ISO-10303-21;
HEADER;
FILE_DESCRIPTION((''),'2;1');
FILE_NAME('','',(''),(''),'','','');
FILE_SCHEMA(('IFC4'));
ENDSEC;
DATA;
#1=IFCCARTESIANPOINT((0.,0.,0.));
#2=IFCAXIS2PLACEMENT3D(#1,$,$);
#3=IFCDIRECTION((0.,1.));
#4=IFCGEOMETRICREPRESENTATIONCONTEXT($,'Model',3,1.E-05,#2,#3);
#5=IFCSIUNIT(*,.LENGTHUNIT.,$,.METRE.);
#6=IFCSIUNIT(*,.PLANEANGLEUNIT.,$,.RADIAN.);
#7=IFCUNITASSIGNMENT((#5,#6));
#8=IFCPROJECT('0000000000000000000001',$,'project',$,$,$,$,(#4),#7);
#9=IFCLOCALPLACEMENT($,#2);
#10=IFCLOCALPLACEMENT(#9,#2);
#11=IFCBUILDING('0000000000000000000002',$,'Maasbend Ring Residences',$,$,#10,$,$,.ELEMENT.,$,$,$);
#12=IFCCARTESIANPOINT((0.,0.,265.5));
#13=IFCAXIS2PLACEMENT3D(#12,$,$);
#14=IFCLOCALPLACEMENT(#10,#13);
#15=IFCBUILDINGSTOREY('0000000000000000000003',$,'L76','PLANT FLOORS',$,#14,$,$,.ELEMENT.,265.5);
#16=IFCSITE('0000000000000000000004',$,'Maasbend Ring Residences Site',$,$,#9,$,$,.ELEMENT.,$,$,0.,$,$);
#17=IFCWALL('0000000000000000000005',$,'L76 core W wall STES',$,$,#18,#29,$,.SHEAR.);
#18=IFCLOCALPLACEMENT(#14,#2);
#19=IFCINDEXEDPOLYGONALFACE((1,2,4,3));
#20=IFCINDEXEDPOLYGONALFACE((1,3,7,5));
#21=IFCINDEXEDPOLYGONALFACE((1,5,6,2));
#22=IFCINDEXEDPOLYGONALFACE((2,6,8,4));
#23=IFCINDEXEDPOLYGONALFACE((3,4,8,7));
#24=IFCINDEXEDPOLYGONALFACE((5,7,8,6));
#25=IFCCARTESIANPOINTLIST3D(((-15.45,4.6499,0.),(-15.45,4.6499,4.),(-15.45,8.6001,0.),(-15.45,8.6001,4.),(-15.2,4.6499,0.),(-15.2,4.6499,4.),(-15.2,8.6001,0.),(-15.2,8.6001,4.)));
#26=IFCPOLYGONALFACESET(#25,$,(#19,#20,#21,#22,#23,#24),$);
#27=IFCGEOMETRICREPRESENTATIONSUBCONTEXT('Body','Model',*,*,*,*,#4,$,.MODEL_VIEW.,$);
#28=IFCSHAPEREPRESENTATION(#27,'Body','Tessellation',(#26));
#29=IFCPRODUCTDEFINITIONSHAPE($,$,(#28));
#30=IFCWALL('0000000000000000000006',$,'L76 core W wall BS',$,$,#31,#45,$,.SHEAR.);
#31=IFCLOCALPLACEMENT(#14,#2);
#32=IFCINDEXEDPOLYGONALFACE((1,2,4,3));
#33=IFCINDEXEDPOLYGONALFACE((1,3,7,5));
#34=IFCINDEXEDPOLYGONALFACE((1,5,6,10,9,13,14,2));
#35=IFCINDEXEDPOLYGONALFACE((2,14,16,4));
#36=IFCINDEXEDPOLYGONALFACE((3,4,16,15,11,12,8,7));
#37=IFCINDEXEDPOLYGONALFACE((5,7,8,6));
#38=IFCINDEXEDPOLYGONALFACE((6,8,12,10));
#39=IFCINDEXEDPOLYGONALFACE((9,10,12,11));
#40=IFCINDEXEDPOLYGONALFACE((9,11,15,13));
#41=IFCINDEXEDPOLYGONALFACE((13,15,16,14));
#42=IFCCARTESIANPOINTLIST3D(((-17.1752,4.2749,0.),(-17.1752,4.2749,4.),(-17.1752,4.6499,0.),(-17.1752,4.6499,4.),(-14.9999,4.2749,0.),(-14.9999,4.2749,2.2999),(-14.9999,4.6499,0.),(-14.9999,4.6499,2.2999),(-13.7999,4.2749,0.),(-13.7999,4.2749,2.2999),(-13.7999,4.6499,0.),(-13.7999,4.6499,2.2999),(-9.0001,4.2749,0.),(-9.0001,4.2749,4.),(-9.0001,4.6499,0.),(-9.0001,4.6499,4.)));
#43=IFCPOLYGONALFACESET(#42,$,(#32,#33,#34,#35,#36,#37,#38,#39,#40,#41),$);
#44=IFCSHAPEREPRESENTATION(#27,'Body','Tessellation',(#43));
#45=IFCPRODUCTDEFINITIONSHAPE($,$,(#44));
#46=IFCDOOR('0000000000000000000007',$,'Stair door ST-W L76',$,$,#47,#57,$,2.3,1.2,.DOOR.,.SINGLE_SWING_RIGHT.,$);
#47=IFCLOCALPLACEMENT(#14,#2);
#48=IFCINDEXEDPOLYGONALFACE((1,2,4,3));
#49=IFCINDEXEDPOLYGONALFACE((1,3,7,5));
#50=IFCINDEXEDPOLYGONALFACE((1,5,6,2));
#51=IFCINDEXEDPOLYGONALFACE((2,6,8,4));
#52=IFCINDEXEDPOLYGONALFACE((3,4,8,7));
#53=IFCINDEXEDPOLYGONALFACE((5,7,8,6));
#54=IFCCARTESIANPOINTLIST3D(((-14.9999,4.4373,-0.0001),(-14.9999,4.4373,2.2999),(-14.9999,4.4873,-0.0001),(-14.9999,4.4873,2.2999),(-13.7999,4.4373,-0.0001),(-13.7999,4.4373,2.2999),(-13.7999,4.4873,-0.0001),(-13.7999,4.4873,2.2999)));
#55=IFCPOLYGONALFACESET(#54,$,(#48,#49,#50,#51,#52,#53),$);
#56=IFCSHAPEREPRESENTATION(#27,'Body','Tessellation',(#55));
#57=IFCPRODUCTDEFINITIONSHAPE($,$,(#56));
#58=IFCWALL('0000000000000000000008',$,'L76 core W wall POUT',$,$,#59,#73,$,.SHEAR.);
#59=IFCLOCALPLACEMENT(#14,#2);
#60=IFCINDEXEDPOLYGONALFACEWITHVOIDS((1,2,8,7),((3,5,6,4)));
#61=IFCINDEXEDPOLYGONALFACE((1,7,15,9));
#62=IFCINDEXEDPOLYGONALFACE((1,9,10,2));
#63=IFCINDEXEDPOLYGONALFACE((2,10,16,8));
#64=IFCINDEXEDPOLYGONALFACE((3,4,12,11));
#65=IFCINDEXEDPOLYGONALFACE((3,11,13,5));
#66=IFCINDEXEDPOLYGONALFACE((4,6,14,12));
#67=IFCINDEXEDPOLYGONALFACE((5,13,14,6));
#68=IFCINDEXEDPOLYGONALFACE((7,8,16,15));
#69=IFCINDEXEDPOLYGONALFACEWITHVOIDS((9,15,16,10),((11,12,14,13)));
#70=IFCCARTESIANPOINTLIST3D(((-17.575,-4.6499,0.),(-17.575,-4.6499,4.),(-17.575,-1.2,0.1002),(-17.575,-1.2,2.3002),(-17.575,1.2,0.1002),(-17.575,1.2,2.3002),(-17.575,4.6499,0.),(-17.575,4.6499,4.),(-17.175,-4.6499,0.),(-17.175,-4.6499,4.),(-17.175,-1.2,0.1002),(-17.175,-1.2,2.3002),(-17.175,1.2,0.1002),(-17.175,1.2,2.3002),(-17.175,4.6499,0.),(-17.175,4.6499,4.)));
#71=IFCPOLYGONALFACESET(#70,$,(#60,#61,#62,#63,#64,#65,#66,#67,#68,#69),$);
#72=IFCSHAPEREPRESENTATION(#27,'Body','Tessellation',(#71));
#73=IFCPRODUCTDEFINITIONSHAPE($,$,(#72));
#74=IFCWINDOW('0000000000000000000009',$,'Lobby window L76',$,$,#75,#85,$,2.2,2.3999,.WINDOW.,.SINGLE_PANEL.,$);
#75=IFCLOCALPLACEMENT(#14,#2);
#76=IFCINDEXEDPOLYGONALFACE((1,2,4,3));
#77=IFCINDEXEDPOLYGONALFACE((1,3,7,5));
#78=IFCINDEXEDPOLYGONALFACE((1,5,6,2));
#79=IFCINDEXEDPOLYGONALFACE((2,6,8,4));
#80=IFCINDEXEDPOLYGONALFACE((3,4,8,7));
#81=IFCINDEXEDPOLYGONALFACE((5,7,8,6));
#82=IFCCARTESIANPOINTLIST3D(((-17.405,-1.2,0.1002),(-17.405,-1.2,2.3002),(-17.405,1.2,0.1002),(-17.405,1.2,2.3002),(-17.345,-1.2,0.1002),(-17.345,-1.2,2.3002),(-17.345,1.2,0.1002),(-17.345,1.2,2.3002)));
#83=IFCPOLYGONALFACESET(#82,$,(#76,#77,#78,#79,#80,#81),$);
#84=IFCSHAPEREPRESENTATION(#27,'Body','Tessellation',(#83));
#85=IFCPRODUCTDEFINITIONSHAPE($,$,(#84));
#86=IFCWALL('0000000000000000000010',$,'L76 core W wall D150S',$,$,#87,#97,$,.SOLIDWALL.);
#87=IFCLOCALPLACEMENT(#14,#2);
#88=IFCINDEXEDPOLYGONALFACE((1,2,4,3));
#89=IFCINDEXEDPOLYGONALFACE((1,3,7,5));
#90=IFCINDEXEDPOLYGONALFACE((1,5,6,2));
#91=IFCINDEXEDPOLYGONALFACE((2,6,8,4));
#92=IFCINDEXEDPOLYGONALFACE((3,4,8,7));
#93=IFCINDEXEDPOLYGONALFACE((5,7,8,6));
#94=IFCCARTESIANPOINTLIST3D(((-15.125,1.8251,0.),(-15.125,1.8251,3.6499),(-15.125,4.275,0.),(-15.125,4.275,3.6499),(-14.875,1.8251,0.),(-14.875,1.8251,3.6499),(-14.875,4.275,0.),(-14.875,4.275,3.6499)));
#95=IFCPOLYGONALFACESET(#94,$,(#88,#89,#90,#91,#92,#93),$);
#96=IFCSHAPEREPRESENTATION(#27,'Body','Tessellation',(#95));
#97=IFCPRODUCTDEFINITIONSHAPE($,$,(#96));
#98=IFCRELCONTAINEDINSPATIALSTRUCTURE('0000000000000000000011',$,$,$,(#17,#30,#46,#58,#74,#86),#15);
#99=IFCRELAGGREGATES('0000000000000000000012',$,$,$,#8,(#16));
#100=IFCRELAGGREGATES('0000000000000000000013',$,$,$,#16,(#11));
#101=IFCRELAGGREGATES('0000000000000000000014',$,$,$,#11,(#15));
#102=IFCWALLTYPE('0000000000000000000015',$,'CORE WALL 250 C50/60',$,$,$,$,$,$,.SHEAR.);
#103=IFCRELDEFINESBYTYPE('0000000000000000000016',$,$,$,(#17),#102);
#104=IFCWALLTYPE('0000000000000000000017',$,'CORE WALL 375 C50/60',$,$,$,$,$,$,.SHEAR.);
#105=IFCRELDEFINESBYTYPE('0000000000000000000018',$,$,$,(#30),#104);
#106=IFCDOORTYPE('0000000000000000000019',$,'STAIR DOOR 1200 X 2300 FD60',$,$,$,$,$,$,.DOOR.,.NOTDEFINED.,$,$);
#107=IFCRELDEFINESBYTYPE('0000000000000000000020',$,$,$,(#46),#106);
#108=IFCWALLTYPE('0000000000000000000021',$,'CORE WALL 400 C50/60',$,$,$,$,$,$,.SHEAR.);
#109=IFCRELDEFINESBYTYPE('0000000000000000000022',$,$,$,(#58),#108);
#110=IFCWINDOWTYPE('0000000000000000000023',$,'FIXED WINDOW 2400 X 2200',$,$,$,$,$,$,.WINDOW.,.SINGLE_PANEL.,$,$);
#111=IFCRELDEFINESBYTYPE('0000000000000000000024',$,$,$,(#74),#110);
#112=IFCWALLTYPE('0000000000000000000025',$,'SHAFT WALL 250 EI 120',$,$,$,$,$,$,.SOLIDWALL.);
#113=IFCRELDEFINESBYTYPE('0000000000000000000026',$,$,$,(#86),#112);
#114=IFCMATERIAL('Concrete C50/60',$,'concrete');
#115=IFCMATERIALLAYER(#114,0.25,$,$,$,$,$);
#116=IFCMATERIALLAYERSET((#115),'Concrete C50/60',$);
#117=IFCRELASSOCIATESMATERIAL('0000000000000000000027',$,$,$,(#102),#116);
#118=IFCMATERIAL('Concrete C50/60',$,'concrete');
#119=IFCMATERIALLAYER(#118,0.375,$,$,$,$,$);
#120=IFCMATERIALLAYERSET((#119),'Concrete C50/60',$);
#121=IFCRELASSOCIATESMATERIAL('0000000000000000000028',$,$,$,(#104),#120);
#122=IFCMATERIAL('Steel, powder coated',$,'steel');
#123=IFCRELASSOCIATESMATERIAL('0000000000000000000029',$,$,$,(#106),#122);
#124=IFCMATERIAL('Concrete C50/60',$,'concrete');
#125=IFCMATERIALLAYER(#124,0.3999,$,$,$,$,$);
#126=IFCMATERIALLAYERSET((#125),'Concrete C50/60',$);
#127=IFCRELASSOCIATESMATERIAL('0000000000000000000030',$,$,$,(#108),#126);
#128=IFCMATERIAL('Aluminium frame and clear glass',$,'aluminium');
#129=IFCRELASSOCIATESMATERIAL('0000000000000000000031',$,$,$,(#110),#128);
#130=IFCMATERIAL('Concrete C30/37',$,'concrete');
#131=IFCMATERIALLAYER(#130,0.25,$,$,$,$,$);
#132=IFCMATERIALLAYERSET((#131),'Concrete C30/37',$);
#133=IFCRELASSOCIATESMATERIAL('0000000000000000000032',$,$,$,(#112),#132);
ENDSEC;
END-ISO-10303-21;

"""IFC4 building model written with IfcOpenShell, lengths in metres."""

from ifc_helpers import new_model, si_unit, direction, frame, frame_2d, origin, place, context, subcontext, project, spatial, rectangle, extrude, material, layer, layer_set, type_object, element, fill, save


model = new_model("IFC4")

# Units and contexts
model_context = context("Model", 3, precision=1e-05, world=origin(), true_north=direction((0.0, 1.0)))
body_context = subcontext(model_context, "Body", "Model", "MODEL_VIEW")
ifc_project = project(units=[si_unit("LENGTHUNIT", "METRE"), si_unit("PLANEANGLEUNIT", "RADIAN")], contexts=[model_context])

# Site, building, storey
site_placement = place(None, origin())
site = spatial("IfcSite", under=ifc_project, at=site_placement, Name="Maasbend Ring Residences Site", CompositionType="ELEMENT", RefElevation=0.0)
building_placement = place(site_placement, origin())
building = spatial("IfcBuilding", under=site, at=building_placement, Name="Maasbend Ring Residences", CompositionType="ELEMENT")
storey_placement = place(building_placement, frame((0.0, 0.0, 265.5)))
storey = spatial("IfcBuildingStorey", under=building, at=storey_placement, Name="L76", Description="PLANT FLOORS", CompositionType="ELEMENT", Elevation=265.5)

# Shared definitions
ifc_material_1 = material(Name="Concrete C50/60", Category="concrete")
ifc_layer_1 = layer(ifc_material_1, 0.25)
ifc_layer_set_1 = layer_set([ifc_layer_1], Name="Concrete C50/60")
wall_type_1 = type_object("IfcWallType", Name="CORE WALL 250 C50/60", PredefinedType="SHEAR", material=ifc_layer_set_1)

# Wall
wall_1_placement = place(storey_placement, frame((-15.325, 4.6499, 0.0), z_axis=(0.0, 0.0, 1.0), x_axis=(0.0, 1.0, 0.0)))
element("IfcWall", 1, at=wall_1_placement, inside=storey, type_object=wall_type_1, Name="L76 core W wall STES", PredefinedType="SHEAR", context=body_context, shape_type="SweptSolid", body=[
    extrude(rectangle(XDim=3.9502, YDim=0.25, at=frame_2d((1.9751, 0.0))), origin(), (0.0, 0.0, 1.0), 4.0),
])

# Wall, opening, door
ifc_material_2 = material(Name="Concrete C50/60", Category="concrete")
ifc_layer_2 = layer(ifc_material_2, 0.375)
ifc_layer_set_2 = layer_set([ifc_layer_2], Name="Concrete C50/60")
wall_type_2 = type_object("IfcWallType", Name="CORE WALL 375 C50/60", PredefinedType="SHEAR", material=ifc_layer_set_2)
wall_2_placement = place(storey_placement, frame((-17.175, 4.4624, 0.0), z_axis=(0.0, 0.0, 1.0), x_axis=(1.0, 0.0, 0.0)))
wall_2 = element("IfcWall", 2, at=wall_2_placement, inside=storey, type_object=wall_type_2, Name="L76 core W wall BS", PredefinedType="SHEAR", context=body_context, shape_type="SweptSolid", body=[
    extrude(rectangle(XDim=8.175, YDim=0.375, at=frame_2d((4.0874, 0.0))), origin(), (0.0, 0.0, 1.0), 4.0),
])
opening_1_placement = place(wall_2_placement, frame((2.175, 0.0, 0.0)))
opening_1 = element("IfcOpeningElement", 3, at=opening_1_placement, cuts=wall_2, PredefinedType="OPENING", context=body_context, shape_type="SweptSolid", body=[
    extrude(rectangle(XDim=1.2, YDim=2.3, at=frame_2d((0.6001, 1.1499))), frame((0.0, 0.1975, 0.0), z_axis=(0.0, -1.0, 0.0), x_axis=(1.0, 0.0, 0.0)), (0.0, 0.0, 1.0), 0.395),
])
ifc_material_3 = material(Name="Steel, powder coated", Category="steel")
door_type_1 = type_object("IfcDoorType", Name="STAIR DOOR 1200 X 2300 FD60", OperationType="NOTDEFINED", PredefinedType="DOOR", material=ifc_material_3)
door_1_placement = place(opening_1_placement, origin())
door_1 = element("IfcDoor", 4, at=door_1_placement, inside=storey, type_object=door_type_1, Name="Stair door ST-W L76", OperationType="SINGLE_SWING_RIGHT", OverallHeight=2.3, OverallWidth=1.2, PredefinedType="DOOR", context=body_context, shape_type="SweptSolid", body=[
    extrude(rectangle(XDim=1.2, YDim=2.3, at=frame_2d((0.6001, 1.1499))), frame((0.0, 0.0249, 0.0), z_axis=(0.0, -1.0, 0.0), x_axis=(1.0, 0.0, 0.0)), (0.0, 0.0, 1.0), 0.05),
])
fill(opening_1, door_1)

# Wall, opening, window
ifc_material_4 = material(Name="Concrete C50/60", Category="concrete")
ifc_layer_3 = layer(ifc_material_4, 0.3999)
ifc_layer_set_3 = layer_set([ifc_layer_3], Name="Concrete C50/60")
wall_type_3 = type_object("IfcWallType", Name="CORE WALL 400 C50/60", PredefinedType="SHEAR", material=ifc_layer_set_3)
wall_3_placement = place(storey_placement, frame((-17.375, 4.6499, 0.0), z_axis=(0.0, 0.0, 1.0), x_axis=(0.0, -1.0, 0.0)))
wall_3 = element("IfcWall", 5, at=wall_3_placement, inside=storey, type_object=wall_type_3, Name="L76 core W wall POUT", PredefinedType="SHEAR", context=body_context, shape_type="SweptSolid", body=[
    extrude(rectangle(XDim=9.2998, YDim=0.3999, at=frame_2d((4.6499, 0.0))), origin(), (0.0, 0.0, 1.0), 4.0),
])
opening_2_placement = place(wall_3_placement, frame((3.45, 0.0, 0.1001)))
opening_2 = element("IfcOpeningElement", 6, at=opening_2_placement, cuts=wall_3, PredefinedType="OPENING", context=body_context, shape_type="SweptSolid", body=[
    extrude(rectangle(XDim=2.3999, YDim=2.2, at=frame_2d((1.2, 1.1001))), frame((0.0, 0.21, 0.0), z_axis=(0.0, -1.0, 0.0), x_axis=(1.0, 0.0, 0.0)), (0.0, 0.0, 1.0), 0.4199),
])
ifc_material_5 = material(Name="Aluminium frame and clear glass", Category="aluminium")
window_type = type_object("IfcWindowType", Name="FIXED WINDOW 2400 X 2200", PartitioningType="SINGLE_PANEL", PredefinedType="WINDOW", material=ifc_material_5)
window_placement = place(opening_2_placement, origin())
window = element("IfcWindow", 7, at=window_placement, inside=storey, type_object=window_type, Name="Lobby window L76", OverallHeight=2.2, OverallWidth=2.3999, PartitioningType="SINGLE_PANEL", PredefinedType="WINDOW", context=body_context, shape_type="SweptSolid", body=[
    extrude(rectangle(XDim=2.3999, YDim=2.2, at=frame_2d((1.2, 1.1001))), frame((0.0, 0.03, 0.0), z_axis=(0.0, -1.0, 0.0), x_axis=(1.0, 0.0, 0.0)), (0.0, 0.0, 1.0), 0.0601),
])
fill(opening_2, window)

# Wall
ifc_material_6 = material(Name="Concrete C30/37", Category="concrete")
ifc_layer_4 = layer(ifc_material_6, 0.25)
ifc_layer_set_4 = layer_set([ifc_layer_4], Name="Concrete C30/37")
wall_type_4 = type_object("IfcWallType", Name="SHAFT WALL 250 EI 120", PredefinedType="SOLIDWALL", material=ifc_layer_set_4)
wall_4_placement = place(storey_placement, frame((-15.0, 1.825, 0.0), z_axis=(0.0, 0.0, 1.0), x_axis=(0.0, 1.0, 0.0)))
element("IfcWall", 8, at=wall_4_placement, inside=storey, type_object=wall_type_4, Name="L76 core W wall D150S", PredefinedType="SOLIDWALL", context=body_context, shape_type="SweptSolid", body=[
    extrude(rectangle(XDim=2.45, YDim=0.25, at=frame_2d((1.2251, 0.0))), origin(), (0.0, 0.0, 1.0), 3.6499),
])

save(model, "model.ifc")
